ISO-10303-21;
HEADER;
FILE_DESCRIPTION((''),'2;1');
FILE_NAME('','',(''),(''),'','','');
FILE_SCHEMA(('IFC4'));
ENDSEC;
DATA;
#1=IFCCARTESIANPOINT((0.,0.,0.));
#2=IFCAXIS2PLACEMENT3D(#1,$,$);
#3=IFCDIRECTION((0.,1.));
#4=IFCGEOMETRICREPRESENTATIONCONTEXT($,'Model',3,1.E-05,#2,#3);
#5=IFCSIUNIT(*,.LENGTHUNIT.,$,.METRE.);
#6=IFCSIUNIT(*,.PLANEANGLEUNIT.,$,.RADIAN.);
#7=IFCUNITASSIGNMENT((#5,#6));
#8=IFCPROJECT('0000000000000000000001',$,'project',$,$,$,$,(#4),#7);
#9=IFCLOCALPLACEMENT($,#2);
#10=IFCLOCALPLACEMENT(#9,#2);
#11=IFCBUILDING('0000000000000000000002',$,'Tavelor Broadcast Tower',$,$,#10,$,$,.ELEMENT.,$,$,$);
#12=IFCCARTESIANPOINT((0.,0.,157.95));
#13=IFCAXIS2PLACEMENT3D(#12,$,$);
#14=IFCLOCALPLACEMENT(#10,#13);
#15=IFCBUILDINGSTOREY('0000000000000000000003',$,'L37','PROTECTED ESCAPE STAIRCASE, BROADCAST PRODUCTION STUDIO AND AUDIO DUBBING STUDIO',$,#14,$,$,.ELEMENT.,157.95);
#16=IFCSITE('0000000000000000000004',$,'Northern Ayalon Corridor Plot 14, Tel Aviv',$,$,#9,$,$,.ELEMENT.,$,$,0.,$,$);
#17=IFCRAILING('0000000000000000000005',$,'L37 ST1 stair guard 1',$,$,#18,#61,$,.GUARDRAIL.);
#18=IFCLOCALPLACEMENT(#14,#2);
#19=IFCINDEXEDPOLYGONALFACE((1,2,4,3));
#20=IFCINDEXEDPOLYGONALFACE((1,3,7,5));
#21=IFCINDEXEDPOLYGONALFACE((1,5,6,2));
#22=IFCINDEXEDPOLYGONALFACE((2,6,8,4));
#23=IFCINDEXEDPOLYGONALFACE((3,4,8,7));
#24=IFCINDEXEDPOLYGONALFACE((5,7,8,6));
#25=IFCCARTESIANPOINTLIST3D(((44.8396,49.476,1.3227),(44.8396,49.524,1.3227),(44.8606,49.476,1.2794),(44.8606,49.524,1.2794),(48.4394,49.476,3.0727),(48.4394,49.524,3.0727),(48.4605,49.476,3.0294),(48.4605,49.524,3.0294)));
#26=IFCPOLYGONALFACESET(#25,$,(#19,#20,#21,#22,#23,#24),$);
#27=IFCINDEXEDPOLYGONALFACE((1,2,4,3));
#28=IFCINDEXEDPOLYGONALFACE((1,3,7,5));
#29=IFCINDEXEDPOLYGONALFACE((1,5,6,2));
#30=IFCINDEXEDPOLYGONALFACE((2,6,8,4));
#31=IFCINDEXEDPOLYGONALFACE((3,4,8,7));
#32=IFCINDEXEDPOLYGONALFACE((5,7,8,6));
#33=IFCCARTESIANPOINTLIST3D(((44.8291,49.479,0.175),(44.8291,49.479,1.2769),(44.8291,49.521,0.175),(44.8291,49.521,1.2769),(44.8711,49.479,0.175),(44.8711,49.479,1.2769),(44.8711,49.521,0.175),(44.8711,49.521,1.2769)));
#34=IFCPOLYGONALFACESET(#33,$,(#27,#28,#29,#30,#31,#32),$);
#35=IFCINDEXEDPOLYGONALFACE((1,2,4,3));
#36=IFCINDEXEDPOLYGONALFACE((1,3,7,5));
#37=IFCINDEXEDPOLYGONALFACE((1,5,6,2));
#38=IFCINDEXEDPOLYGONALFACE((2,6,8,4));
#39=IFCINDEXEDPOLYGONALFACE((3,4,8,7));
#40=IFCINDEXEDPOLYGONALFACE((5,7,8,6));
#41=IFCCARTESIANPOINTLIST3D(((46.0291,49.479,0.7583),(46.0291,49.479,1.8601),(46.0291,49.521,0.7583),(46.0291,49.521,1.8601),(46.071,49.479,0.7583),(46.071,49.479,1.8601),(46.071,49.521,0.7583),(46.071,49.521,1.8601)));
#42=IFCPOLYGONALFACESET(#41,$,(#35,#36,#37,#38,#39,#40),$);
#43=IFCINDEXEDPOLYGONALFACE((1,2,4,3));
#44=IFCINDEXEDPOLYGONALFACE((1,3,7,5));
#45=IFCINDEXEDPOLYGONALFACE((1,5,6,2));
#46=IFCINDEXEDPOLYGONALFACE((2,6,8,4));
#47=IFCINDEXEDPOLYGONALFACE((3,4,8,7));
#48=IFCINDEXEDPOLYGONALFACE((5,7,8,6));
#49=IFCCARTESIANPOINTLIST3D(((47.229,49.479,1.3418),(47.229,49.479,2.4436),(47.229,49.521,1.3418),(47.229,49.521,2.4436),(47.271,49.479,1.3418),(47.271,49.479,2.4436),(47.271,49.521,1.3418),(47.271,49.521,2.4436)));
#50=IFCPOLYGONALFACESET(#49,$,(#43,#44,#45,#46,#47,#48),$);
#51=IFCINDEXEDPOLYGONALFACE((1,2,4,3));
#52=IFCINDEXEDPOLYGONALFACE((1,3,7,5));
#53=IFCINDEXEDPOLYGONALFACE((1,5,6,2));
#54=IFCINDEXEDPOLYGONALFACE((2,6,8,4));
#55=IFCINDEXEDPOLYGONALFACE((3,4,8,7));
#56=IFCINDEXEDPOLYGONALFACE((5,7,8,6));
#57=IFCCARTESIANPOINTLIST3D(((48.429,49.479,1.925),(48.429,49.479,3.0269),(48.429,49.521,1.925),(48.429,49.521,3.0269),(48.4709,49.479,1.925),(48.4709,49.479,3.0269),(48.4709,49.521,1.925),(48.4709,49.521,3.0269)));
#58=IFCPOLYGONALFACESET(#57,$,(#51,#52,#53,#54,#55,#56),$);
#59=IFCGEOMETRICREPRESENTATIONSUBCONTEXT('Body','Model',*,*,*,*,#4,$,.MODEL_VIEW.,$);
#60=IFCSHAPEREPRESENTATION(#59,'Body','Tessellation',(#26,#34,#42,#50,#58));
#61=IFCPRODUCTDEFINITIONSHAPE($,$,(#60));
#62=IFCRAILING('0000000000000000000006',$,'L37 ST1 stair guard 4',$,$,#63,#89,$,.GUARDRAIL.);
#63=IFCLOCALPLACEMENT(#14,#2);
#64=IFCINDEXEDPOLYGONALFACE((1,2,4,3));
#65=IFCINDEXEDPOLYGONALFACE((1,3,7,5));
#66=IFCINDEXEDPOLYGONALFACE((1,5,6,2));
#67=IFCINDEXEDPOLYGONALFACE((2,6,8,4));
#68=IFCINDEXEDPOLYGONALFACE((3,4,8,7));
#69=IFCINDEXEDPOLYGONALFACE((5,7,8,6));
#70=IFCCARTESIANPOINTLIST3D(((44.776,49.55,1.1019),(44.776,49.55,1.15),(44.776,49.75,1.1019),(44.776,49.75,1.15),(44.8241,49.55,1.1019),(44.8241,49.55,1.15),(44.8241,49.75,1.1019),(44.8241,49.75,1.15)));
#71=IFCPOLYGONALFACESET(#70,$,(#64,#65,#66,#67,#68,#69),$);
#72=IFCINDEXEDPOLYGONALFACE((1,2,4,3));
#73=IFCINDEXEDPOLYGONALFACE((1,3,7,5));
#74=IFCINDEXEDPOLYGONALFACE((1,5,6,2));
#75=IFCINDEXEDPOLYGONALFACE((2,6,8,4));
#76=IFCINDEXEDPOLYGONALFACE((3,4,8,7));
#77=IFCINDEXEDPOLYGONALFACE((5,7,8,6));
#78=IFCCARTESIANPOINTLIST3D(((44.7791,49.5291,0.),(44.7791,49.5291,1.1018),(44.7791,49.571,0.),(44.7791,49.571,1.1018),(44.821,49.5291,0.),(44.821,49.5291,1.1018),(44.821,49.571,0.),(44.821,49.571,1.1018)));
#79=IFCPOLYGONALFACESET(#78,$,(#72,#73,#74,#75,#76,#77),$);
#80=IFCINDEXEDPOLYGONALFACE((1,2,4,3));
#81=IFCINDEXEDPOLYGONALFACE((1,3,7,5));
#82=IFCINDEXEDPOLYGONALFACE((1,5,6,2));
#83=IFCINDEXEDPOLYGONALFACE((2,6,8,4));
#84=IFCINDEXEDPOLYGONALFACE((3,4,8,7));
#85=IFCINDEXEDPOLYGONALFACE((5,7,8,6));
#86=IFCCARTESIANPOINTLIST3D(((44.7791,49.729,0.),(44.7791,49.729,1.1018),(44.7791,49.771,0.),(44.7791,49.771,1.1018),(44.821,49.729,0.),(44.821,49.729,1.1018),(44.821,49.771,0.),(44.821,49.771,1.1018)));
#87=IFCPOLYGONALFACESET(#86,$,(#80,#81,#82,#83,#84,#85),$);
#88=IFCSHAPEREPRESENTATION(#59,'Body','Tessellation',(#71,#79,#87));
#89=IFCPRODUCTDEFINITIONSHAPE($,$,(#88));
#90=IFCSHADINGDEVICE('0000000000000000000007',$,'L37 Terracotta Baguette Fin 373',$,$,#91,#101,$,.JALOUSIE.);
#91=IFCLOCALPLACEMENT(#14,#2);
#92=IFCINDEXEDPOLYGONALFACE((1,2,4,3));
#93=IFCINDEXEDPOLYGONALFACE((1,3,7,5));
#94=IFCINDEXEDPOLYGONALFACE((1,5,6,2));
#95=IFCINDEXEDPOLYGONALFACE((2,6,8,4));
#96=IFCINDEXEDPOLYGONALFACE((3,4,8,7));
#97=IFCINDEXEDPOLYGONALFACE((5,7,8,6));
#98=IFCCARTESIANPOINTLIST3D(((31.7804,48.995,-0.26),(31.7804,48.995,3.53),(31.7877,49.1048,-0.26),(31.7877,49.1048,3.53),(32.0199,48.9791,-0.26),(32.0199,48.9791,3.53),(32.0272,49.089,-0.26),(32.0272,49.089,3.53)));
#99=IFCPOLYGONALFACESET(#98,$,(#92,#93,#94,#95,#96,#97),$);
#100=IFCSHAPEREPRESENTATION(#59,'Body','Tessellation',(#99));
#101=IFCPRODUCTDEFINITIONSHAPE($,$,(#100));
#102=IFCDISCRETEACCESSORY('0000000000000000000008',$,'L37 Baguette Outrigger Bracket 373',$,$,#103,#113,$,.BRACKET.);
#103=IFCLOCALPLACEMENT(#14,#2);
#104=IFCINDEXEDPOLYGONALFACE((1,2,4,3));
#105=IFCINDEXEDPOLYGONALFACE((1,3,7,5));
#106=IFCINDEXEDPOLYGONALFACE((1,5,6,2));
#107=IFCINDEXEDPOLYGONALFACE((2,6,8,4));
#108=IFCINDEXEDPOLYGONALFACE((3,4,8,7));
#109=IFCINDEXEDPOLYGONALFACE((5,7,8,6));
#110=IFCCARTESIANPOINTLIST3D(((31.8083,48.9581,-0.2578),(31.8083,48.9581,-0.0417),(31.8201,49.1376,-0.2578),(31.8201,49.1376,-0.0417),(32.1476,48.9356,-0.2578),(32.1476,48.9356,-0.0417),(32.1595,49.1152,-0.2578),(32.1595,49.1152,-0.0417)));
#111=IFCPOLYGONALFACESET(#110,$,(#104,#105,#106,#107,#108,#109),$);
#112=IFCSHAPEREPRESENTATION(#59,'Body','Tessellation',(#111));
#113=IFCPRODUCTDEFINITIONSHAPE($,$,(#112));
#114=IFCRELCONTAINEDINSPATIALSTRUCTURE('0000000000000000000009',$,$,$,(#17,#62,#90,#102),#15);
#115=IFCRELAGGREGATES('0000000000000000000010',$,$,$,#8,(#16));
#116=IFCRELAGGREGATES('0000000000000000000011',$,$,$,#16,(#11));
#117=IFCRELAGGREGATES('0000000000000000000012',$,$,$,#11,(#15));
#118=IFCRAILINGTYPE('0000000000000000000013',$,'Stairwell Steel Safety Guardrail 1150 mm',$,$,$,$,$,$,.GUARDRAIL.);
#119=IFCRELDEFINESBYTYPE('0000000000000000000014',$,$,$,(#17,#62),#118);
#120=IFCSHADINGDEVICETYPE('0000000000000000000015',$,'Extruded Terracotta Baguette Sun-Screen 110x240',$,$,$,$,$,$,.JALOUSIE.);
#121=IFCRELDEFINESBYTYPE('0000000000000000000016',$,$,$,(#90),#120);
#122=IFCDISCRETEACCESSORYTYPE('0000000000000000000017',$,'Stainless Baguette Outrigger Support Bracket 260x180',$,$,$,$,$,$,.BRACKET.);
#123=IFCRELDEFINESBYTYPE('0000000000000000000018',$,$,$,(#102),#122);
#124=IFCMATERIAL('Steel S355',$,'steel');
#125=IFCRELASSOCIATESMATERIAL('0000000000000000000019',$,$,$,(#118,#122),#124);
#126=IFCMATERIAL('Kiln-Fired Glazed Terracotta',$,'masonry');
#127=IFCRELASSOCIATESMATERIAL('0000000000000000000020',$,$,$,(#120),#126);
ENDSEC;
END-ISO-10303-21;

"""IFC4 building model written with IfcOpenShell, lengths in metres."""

from ifc_helpers import new_model, si_unit, direction, frame, origin, origin_2d, place, context, subcontext, project, spatial, rectangle, extrude, source, transform, mapped, material, type_object, type_shapes, element, save


model = new_model("IFC4")

# Units and contexts
model_context = context("Model", 3, precision=1e-05, world=origin(), true_north=direction((0.0, 1.0)))
body_context = subcontext(model_context, "Body", "Model", "MODEL_VIEW")
ifc_project = project(units=[si_unit("LENGTHUNIT", "METRE"), si_unit("PLANEANGLEUNIT", "RADIAN")], contexts=[model_context])

# Site, building, storey
site_placement = place(None, origin())
site = spatial("IfcSite", under=ifc_project, at=site_placement, Name="Northern Ayalon Corridor Plot 14, Tel Aviv", CompositionType="ELEMENT", RefElevation=0.0)
building_placement = place(site_placement, origin())
building = spatial("IfcBuilding", under=site, at=building_placement, Name="Tavelor Broadcast Tower", CompositionType="ELEMENT")
storey_placement = place(building_placement, frame((0.0, 0.0, 157.95)))
storey = spatial("IfcBuildingStorey", under=building, at=storey_placement, Name="L37", Description="PROTECTED ESCAPE STAIRCASE, BROADCAST PRODUCTION STUDIO AND AUDIO DUBBING STUDIO", CompositionType="ELEMENT", Elevation=157.95)

# Shared definitions
ifc_material_1 = material(Name="Steel S355", Category="steel")

# Railings
railing_type_1 = type_object("IfcRailingType", Name="Stairwell Steel Safety Guardrail 1150 mm", PredefinedType="GUARDRAIL", material=ifc_material_1)
railing_1_placement = place(storey_placement, frame((44.8501, 49.5, 0.175)))
element("IfcRailing", 1, at=railing_1_placement, inside=storey, type_object=railing_type_1, Name="L37 ST1 stair guard 1", PredefinedType="GUARDRAIL", context=body_context, shape_type="SweptSolid", body=[
    extrude(rectangle(XDim=0.0481, YDim=0.0481, at=origin_2d()), frame((0.0, 0.0, 1.126), z_axis=(0.899361, 0.0, 0.437207), x_axis=(0.0, 1.0, 0.0)), (0.0, 0.0, 1.0), 4.0027),
    extrude(rectangle(XDim=0.042, YDim=0.042, at=origin_2d()), origin(), (0.0, 0.0, 1.0), 1.1018),
    extrude(rectangle(XDim=0.042, YDim=0.042, at=origin_2d()), frame((1.2, 0.0, 0.5833)), (0.0, 0.0, 1.0), 1.1018),
    extrude(rectangle(XDim=0.042, YDim=0.042, at=origin_2d()), frame((2.3999, 0.0, 1.1667)), (0.0, 0.0, 1.0), 1.1018),
    extrude(rectangle(XDim=0.042, YDim=0.042, at=origin_2d()), frame((3.5999, 0.0, 1.75)), (0.0, 0.0, 1.0), 1.1018),
])
railing_2_placement = place(storey_placement, frame((44.8, 49.55, 0.0)))
element("IfcRailing", 2, at=railing_2_placement, inside=storey, type_object=railing_type_1, Name="L37 ST1 stair guard 4", PredefinedType="GUARDRAIL", context=body_context, shape_type="SweptSolid", body=[
    extrude(rectangle(XDim=0.0481, YDim=0.0481, at=origin_2d()), frame((0.0, 0.0, 1.126), z_axis=(0.0, 1.0, 0.0), x_axis=(-1.0, 0.0, 0.0)), (0.0, 0.0, 1.0), 0.2),
    extrude(rectangle(XDim=0.042, YDim=0.042, at=origin_2d()), origin(), (0.0, 0.0, 1.0), 1.1018),
    extrude(rectangle(XDim=0.042, YDim=0.042, at=origin_2d()), frame((0.0, 0.2, 0.0)), (0.0, 0.0, 1.0), 1.1018),
])

# Shading device
ifc_material_2 = material(Name="Kiln-Fired Glazed Terracotta", Category="masonry")
shading_device_type = type_object("IfcShadingDeviceType", Name="Extruded Terracotta Baguette Sun-Screen 110x240", PredefinedType="JALOUSIE", material=ifc_material_2)
shared_shape_1 = source(origin(), body_context, "Body", "SweptSolid", [
    extrude(rectangle(XDim=0.1101, YDim=0.24, at=origin_2d()), origin(), (0.0, 0.0, 1.0), 3.79),
])
type_shapes(shading_device_type, [shared_shape_1])
shading_device_placement = place(storey_placement, frame((31.9038, 49.042, -0.26), z_axis=(0.0, 0.0, 1.0), x_axis=(-0.065926, -0.997825, 0.0)))
element("IfcShadingDevice", 3, at=shading_device_placement, inside=storey, type_object=shading_device_type, Name="L37 Terracotta Baguette Fin 373", PredefinedType="JALOUSIE", context=body_context, shape_type="MappedRepresentation", body=[
    mapped(shared_shape_1, transform((0.0, 0.0, 0.0), scale=1.0)),
])

# Discrete accessory
discrete_accessory_type = type_object("IfcDiscreteAccessoryType", Name="Stainless Baguette Outrigger Support Bracket 260x180", PredefinedType="BRACKET", material=ifc_material_1)
shared_shape_2 = source(origin(), body_context, "Body", "SweptSolid", [
    extrude(rectangle(XDim=0.1799, YDim=0.3401, at=origin_2d()), origin(), (0.0, 0.0, 1.0), 0.2161),
])
type_shapes(discrete_accessory_type, [shared_shape_2])
discrete_accessory_placement = place(storey_placement, frame((31.9839, 49.0366, -0.2578), z_axis=(0.0, 0.0, 1.0), x_axis=(-0.065926, -0.997825, 0.0)))
element("IfcDiscreteAccessory", 4, at=discrete_accessory_placement, inside=storey, type_object=discrete_accessory_type, Name="L37 Baguette Outrigger Bracket 373", PredefinedType="BRACKET", context=body_context, shape_type="MappedRepresentation", body=[
    mapped(shared_shape_2, transform((0.0, 0.0, 0.0), scale=1.0)),
])

save(model, "model.ifc")
